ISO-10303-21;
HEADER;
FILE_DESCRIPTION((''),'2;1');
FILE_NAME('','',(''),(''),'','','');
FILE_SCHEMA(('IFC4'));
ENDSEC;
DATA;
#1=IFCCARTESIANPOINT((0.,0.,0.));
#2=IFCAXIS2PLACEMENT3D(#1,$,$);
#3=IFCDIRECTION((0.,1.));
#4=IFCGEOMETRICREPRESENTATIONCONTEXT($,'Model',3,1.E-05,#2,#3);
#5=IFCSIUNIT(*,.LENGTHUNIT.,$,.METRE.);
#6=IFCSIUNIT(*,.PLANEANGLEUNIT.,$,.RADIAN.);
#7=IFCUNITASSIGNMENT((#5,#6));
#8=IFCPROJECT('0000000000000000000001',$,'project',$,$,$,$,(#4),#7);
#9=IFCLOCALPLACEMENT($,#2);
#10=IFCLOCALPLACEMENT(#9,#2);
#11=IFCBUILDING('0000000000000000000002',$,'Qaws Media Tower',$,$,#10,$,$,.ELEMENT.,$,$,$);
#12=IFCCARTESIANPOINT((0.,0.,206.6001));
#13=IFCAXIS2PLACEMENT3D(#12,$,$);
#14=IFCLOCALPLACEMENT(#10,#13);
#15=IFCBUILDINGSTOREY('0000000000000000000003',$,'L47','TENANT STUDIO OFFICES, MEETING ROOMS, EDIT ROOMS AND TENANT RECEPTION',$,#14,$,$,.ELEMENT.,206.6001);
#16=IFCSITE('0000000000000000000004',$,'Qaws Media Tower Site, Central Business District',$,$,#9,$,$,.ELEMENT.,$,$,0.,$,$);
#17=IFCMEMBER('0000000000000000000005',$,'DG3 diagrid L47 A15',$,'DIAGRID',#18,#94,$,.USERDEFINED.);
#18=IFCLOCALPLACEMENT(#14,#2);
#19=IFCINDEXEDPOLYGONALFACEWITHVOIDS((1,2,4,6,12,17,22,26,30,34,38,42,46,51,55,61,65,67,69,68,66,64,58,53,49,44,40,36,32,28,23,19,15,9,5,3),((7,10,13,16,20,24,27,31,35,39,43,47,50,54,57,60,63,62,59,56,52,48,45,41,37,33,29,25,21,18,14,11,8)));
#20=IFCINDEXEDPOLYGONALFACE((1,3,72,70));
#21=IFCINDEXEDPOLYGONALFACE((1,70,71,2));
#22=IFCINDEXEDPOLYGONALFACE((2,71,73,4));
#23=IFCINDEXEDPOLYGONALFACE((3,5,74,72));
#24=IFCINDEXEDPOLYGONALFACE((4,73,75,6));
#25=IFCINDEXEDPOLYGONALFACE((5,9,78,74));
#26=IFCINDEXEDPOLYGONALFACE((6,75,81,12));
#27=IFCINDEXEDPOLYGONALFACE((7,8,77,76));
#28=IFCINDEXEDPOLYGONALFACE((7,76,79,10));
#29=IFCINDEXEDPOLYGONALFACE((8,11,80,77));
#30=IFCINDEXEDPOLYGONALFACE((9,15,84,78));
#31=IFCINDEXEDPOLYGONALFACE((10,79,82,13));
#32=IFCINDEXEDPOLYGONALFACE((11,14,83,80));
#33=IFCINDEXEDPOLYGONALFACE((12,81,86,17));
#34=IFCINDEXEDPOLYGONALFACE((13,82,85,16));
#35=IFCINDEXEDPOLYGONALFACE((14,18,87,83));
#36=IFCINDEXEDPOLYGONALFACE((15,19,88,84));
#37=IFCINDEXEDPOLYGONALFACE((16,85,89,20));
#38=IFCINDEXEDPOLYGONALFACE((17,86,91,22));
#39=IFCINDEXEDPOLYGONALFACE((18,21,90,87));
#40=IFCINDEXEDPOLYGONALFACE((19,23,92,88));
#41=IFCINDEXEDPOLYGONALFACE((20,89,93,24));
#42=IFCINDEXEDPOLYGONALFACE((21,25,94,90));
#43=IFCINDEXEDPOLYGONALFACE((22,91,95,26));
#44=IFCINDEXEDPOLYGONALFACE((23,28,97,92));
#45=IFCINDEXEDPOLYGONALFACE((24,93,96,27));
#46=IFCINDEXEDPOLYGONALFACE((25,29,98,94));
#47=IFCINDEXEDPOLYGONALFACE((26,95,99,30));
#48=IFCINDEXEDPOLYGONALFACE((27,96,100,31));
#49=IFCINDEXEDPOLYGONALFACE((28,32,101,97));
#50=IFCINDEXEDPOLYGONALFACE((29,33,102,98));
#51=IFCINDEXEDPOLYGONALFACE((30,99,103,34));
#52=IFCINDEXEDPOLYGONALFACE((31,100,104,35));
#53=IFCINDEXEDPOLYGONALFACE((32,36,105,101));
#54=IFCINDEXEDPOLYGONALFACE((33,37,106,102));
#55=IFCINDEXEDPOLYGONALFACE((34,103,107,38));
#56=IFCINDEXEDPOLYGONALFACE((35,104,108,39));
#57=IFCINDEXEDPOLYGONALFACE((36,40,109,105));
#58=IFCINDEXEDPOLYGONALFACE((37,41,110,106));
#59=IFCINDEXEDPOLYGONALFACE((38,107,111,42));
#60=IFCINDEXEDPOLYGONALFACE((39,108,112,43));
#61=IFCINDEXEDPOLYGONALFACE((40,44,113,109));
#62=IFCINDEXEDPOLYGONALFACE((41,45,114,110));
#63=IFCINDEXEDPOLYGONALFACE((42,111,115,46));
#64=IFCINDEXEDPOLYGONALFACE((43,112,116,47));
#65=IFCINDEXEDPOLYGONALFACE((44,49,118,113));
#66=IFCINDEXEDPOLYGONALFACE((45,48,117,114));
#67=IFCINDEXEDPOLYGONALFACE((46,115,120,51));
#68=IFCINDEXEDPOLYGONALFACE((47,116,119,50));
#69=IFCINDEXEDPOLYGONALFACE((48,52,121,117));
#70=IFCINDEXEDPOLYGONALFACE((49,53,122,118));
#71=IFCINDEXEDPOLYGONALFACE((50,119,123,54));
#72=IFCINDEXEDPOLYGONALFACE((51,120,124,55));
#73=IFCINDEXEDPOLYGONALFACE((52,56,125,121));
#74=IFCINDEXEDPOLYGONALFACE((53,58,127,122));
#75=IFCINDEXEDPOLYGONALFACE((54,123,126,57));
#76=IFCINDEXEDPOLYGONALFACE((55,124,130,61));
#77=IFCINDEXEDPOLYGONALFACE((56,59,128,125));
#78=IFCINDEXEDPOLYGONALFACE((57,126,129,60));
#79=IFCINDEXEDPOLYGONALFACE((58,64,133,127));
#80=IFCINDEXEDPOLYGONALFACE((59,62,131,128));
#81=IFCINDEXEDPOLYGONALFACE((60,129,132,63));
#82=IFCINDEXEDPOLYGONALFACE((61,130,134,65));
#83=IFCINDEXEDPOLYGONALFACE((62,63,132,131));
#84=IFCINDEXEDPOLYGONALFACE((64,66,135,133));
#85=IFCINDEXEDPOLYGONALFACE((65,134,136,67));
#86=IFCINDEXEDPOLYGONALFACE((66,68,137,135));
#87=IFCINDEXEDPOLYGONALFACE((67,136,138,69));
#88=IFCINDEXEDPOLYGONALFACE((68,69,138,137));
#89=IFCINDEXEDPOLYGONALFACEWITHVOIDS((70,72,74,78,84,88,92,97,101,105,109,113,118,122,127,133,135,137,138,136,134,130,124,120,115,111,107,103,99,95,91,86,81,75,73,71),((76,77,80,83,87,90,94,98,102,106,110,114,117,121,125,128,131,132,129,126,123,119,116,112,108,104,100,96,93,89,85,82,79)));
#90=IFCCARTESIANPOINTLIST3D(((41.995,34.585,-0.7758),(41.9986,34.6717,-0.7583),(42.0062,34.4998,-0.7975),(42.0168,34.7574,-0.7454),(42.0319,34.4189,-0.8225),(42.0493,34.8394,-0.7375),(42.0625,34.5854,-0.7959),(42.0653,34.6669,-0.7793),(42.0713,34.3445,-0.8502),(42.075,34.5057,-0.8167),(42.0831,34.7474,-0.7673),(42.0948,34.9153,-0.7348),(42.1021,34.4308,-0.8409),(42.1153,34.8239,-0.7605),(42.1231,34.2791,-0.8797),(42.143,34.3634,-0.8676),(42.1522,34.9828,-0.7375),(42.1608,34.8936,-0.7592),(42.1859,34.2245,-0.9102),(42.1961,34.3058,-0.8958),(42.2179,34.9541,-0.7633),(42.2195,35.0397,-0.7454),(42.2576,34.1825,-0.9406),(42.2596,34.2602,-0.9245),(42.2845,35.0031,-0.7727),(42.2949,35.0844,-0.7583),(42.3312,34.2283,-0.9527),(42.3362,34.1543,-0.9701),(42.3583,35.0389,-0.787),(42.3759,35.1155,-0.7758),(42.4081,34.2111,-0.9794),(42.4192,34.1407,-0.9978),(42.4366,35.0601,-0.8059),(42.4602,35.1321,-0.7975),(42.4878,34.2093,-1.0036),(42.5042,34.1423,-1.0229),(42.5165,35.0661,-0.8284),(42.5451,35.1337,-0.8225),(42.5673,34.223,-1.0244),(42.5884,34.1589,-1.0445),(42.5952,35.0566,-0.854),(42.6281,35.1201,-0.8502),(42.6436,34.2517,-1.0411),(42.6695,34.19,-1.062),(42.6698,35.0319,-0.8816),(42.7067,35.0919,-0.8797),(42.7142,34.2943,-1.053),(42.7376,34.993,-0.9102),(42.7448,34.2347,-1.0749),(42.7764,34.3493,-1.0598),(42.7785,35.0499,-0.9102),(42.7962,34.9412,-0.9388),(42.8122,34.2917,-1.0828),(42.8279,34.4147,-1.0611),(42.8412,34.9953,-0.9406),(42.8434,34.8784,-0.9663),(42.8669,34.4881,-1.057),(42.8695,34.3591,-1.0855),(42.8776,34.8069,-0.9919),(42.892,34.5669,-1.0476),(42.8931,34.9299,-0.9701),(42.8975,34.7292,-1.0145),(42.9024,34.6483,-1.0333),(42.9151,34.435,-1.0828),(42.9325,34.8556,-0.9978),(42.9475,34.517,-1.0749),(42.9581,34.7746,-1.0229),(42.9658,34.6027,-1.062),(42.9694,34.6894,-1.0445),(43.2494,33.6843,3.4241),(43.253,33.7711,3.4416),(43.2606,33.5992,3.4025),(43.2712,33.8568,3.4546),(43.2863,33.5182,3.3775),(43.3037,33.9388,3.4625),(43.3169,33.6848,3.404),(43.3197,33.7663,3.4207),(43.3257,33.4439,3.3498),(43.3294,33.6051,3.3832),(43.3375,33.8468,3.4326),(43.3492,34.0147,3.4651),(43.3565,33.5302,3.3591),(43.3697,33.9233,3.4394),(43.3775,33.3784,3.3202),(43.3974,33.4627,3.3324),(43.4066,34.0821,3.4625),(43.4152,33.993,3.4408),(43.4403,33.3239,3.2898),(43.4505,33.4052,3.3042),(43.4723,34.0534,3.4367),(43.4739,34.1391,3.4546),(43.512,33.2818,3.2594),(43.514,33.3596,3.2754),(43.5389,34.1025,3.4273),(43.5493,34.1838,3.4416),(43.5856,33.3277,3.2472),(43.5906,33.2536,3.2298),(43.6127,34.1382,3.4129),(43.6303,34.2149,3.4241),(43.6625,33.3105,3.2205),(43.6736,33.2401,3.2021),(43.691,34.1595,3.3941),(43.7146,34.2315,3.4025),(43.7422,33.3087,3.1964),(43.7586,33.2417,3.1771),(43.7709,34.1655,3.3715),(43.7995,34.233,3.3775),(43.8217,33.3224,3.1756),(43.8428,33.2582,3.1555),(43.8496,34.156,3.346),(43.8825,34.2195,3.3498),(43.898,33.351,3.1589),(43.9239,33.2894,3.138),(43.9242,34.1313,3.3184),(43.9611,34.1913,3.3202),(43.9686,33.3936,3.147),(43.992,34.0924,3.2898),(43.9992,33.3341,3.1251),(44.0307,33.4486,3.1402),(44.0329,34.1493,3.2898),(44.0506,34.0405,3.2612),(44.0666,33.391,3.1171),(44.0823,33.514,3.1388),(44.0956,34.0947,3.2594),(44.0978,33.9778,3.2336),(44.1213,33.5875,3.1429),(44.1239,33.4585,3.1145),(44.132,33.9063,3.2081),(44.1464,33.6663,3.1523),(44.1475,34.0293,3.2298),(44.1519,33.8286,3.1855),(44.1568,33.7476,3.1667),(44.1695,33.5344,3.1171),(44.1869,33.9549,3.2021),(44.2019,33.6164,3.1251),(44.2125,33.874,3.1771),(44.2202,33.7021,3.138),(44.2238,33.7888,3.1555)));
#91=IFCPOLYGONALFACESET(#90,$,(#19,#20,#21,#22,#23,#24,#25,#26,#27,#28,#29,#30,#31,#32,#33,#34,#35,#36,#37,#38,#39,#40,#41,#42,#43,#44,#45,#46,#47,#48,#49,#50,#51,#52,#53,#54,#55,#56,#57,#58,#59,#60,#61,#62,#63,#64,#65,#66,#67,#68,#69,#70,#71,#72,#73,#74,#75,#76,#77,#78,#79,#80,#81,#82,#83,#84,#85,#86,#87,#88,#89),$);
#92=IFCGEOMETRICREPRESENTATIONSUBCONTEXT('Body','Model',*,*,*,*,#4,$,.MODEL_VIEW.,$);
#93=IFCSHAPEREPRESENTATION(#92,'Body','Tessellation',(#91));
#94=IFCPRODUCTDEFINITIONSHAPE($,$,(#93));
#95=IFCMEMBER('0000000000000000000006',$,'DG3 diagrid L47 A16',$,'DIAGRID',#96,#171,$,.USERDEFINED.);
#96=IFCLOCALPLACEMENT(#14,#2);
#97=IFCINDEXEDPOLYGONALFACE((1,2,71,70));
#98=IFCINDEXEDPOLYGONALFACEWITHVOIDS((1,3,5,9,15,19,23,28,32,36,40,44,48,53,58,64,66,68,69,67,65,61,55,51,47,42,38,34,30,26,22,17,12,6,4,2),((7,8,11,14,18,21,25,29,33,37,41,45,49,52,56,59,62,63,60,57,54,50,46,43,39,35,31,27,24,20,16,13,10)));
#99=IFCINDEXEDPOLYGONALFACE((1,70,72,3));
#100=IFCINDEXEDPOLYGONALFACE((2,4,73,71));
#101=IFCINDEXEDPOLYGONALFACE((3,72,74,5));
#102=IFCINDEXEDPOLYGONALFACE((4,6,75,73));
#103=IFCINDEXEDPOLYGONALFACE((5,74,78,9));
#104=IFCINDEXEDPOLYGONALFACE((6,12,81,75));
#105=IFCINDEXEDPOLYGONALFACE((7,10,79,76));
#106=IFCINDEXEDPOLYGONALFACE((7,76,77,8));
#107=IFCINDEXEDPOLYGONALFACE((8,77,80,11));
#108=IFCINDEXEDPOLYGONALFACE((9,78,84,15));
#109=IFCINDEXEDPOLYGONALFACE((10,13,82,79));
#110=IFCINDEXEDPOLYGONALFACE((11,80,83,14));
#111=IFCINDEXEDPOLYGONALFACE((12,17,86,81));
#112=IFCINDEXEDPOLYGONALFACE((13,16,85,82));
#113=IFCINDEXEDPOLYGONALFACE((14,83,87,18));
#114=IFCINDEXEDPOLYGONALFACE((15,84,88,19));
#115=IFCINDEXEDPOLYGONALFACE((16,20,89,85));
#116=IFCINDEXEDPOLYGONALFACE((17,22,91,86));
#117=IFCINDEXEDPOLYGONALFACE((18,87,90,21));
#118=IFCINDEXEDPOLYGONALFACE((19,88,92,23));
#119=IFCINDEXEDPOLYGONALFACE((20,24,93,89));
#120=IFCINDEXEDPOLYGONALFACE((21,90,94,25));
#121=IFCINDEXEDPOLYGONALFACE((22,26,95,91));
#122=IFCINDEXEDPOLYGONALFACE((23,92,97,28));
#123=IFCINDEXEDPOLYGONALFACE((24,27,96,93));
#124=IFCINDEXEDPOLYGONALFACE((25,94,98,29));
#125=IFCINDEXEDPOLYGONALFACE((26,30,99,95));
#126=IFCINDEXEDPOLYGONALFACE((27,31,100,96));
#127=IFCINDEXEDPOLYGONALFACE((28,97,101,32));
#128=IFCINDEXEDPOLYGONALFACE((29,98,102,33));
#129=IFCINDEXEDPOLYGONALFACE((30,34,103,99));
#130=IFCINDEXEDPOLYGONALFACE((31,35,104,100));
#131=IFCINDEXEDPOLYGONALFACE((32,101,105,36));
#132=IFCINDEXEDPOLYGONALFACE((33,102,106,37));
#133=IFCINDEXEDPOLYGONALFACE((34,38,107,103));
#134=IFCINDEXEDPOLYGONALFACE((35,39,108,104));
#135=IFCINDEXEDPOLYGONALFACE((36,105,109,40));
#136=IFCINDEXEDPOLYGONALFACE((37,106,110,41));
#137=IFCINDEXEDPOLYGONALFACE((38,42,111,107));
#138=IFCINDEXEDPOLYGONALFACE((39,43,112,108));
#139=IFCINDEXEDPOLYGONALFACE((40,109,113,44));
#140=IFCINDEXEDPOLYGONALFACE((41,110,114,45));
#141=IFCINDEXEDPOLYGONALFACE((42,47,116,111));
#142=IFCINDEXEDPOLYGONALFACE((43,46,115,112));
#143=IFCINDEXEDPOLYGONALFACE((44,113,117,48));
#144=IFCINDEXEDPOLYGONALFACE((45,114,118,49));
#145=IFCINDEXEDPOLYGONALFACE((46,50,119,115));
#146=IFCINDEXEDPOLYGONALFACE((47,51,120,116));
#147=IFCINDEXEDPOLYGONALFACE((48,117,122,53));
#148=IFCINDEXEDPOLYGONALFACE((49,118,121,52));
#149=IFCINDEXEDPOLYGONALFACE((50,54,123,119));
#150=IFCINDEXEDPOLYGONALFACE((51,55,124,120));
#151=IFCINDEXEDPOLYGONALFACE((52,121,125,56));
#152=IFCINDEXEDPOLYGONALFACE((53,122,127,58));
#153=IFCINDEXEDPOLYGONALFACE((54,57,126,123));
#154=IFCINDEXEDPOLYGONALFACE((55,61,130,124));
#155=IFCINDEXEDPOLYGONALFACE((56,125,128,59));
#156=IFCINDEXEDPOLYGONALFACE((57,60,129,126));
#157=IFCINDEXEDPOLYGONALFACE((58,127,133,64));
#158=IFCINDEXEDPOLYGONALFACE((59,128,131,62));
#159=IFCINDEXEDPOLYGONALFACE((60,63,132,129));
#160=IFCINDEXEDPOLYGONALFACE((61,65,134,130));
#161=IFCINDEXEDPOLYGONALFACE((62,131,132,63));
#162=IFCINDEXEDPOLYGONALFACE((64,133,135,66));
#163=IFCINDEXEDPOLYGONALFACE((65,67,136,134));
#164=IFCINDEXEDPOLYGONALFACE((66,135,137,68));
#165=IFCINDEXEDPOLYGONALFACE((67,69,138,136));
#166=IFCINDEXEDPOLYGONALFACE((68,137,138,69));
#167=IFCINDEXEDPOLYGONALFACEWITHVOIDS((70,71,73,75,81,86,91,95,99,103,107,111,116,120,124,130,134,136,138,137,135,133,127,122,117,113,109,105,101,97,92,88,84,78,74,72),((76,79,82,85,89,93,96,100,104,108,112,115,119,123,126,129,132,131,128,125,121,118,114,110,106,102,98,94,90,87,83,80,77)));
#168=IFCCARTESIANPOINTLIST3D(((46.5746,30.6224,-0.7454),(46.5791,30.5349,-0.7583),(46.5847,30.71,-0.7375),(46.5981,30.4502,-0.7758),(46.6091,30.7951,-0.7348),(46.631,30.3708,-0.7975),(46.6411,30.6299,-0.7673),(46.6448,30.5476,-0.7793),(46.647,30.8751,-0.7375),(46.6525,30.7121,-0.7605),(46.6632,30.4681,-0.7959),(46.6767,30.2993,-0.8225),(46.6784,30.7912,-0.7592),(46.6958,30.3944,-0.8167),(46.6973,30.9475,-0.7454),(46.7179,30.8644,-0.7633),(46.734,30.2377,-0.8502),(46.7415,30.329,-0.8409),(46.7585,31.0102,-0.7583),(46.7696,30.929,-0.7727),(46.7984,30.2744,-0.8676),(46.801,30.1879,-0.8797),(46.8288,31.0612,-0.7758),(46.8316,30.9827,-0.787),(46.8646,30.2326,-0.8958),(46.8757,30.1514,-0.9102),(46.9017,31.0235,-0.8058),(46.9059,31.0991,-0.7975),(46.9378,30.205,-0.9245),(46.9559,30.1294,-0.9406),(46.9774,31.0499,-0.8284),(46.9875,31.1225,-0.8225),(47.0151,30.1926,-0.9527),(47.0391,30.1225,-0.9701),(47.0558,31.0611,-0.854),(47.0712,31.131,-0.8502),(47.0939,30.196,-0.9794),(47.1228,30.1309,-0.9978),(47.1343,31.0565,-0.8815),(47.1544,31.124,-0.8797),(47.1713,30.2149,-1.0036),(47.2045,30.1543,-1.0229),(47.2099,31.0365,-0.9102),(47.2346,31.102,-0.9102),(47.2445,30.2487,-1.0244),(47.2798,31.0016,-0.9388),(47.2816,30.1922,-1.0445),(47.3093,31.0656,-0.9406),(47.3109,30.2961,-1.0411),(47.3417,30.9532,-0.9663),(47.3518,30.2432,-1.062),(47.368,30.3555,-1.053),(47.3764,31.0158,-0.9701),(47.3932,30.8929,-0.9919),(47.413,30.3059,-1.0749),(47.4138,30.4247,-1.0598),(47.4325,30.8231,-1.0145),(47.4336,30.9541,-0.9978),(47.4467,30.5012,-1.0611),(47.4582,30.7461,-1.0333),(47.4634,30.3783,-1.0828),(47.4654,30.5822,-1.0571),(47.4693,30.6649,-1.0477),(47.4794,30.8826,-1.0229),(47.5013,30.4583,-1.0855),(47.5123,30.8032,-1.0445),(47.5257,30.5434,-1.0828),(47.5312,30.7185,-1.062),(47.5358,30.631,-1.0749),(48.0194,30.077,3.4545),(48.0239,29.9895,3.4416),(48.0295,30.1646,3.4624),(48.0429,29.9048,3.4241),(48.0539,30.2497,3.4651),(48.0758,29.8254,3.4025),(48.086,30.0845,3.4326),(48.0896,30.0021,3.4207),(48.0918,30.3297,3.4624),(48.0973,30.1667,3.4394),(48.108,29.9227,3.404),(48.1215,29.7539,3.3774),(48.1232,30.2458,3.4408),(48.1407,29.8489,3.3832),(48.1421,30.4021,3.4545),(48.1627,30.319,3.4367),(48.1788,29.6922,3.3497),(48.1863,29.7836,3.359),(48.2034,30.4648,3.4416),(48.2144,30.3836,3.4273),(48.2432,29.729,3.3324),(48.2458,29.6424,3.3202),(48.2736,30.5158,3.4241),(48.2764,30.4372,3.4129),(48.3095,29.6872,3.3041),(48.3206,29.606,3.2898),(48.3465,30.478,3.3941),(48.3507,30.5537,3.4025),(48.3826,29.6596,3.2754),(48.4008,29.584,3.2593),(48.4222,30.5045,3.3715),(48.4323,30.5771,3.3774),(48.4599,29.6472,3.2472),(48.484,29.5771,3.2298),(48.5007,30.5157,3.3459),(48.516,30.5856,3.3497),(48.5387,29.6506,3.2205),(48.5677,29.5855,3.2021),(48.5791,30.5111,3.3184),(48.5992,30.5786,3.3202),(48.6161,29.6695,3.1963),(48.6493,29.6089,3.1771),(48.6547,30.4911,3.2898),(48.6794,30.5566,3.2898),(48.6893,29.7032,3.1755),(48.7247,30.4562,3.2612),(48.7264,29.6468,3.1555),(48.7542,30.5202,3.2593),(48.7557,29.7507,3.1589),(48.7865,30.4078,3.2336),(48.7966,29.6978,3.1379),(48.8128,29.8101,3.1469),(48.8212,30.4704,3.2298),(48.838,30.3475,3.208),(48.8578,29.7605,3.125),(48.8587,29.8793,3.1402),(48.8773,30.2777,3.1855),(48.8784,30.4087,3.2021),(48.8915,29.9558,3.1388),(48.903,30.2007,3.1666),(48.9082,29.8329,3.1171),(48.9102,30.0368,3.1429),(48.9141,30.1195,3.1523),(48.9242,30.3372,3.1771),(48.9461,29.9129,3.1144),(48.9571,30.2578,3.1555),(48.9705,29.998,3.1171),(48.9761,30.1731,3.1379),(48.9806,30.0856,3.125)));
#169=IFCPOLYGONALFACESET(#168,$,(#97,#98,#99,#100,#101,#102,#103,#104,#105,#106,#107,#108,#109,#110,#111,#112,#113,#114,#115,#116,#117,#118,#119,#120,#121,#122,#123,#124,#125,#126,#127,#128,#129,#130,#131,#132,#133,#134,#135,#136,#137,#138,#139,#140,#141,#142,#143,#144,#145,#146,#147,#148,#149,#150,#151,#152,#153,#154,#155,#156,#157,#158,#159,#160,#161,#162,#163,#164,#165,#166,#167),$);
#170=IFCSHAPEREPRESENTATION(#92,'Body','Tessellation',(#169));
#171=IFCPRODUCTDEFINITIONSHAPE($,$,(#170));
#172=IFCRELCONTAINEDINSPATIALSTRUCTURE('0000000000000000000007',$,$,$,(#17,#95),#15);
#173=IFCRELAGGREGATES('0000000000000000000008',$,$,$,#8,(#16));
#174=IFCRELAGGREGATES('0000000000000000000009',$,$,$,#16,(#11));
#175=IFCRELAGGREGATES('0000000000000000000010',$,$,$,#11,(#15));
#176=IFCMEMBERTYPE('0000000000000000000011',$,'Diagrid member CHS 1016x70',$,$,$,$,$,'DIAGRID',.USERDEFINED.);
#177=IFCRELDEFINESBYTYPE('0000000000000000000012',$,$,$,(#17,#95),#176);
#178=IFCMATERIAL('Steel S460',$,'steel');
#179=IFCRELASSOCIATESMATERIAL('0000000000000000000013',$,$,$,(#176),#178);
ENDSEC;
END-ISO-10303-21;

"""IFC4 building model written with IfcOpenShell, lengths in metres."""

from ifc_helpers import new_model, si_unit, direction, frame, origin, origin_2d, place, context, subcontext, project, spatial, hollow_circle, extrude, material, material_profile, profile_set, type_object, element, save


model = new_model("IFC4")

# Units and contexts
model_context = context("Model", 3, precision=1e-05, world=origin(), true_north=direction((0.0, 1.0)))
body_context = subcontext(model_context, "Body", "Model", "MODEL_VIEW")
ifc_project = project(units=[si_unit("LENGTHUNIT", "METRE"), si_unit("PLANEANGLEUNIT", "RADIAN")], contexts=[model_context])

# Site, building, storey
site_placement = place(None, origin())
site = spatial("IfcSite", under=ifc_project, at=site_placement, Name="Qaws Media Tower Site, Central Business District", CompositionType="ELEMENT", RefElevation=0.0)
building_placement = place(site_placement, origin())
building = spatial("IfcBuilding", under=site, at=building_placement, Name="Qaws Media Tower", CompositionType="ELEMENT")
storey_placement = place(building_placement, frame((0.0, 0.0, 206.6001)))
storey = spatial("IfcBuildingStorey", under=building, at=storey_placement, Name="L47", Description="TENANT STUDIO OFFICES, MEETING ROOMS, EDIT ROOMS AND TENANT RECEPTION", CompositionType="ELEMENT", Elevation=206.6001)

# Members
ifc_material_1 = material(Name="Steel S460", Category="steel")
ifc_material_profile_1 = material_profile(ifc_material_1, hollow_circle(Radius=0.5081, WallThickness=0.0701, at=origin_2d()), Name="CHS 1016x70")
ifc_profile_set_1 = profile_set([ifc_material_profile_1], Name="Steel S460")
member_type_1 = type_object("IfcMemberType", Name="Diagrid member CHS 1016x70", ElementType="DIAGRID", PredefinedType="USERDEFINED", material=ifc_profile_set_1)
for number, where, z_axis, x_axis, name in (
    (1, (42.4822, 34.6372, -0.9102), (0.280321, -0.201266, 0.938569), (0.583226, 0.81231, 0.0), "DG3 diagrid L47 A15"),
    (2, (47.0552, 30.6267, -0.9102), (0.322874, -0.121883, 0.938561), (0.353167, 0.93556, 0.0), "DG3 diagrid L47 A16"),
):
    element("IfcMember", number, at=place(storey_placement, frame(where, z_axis=z_axis, x_axis=x_axis)), inside=storey, type_object=member_type_1, Name=name, ObjectType="DIAGRID", PredefinedType="USERDEFINED", context=body_context, shape_type="SweptSolid", body=[
        extrude(hollow_circle(Radius=0.5081, WallThickness=0.0701, at=origin_2d()), origin(), (0.0, 0.0, 1.0), 4.4749),
    ])

save(model, "model.ifc")
